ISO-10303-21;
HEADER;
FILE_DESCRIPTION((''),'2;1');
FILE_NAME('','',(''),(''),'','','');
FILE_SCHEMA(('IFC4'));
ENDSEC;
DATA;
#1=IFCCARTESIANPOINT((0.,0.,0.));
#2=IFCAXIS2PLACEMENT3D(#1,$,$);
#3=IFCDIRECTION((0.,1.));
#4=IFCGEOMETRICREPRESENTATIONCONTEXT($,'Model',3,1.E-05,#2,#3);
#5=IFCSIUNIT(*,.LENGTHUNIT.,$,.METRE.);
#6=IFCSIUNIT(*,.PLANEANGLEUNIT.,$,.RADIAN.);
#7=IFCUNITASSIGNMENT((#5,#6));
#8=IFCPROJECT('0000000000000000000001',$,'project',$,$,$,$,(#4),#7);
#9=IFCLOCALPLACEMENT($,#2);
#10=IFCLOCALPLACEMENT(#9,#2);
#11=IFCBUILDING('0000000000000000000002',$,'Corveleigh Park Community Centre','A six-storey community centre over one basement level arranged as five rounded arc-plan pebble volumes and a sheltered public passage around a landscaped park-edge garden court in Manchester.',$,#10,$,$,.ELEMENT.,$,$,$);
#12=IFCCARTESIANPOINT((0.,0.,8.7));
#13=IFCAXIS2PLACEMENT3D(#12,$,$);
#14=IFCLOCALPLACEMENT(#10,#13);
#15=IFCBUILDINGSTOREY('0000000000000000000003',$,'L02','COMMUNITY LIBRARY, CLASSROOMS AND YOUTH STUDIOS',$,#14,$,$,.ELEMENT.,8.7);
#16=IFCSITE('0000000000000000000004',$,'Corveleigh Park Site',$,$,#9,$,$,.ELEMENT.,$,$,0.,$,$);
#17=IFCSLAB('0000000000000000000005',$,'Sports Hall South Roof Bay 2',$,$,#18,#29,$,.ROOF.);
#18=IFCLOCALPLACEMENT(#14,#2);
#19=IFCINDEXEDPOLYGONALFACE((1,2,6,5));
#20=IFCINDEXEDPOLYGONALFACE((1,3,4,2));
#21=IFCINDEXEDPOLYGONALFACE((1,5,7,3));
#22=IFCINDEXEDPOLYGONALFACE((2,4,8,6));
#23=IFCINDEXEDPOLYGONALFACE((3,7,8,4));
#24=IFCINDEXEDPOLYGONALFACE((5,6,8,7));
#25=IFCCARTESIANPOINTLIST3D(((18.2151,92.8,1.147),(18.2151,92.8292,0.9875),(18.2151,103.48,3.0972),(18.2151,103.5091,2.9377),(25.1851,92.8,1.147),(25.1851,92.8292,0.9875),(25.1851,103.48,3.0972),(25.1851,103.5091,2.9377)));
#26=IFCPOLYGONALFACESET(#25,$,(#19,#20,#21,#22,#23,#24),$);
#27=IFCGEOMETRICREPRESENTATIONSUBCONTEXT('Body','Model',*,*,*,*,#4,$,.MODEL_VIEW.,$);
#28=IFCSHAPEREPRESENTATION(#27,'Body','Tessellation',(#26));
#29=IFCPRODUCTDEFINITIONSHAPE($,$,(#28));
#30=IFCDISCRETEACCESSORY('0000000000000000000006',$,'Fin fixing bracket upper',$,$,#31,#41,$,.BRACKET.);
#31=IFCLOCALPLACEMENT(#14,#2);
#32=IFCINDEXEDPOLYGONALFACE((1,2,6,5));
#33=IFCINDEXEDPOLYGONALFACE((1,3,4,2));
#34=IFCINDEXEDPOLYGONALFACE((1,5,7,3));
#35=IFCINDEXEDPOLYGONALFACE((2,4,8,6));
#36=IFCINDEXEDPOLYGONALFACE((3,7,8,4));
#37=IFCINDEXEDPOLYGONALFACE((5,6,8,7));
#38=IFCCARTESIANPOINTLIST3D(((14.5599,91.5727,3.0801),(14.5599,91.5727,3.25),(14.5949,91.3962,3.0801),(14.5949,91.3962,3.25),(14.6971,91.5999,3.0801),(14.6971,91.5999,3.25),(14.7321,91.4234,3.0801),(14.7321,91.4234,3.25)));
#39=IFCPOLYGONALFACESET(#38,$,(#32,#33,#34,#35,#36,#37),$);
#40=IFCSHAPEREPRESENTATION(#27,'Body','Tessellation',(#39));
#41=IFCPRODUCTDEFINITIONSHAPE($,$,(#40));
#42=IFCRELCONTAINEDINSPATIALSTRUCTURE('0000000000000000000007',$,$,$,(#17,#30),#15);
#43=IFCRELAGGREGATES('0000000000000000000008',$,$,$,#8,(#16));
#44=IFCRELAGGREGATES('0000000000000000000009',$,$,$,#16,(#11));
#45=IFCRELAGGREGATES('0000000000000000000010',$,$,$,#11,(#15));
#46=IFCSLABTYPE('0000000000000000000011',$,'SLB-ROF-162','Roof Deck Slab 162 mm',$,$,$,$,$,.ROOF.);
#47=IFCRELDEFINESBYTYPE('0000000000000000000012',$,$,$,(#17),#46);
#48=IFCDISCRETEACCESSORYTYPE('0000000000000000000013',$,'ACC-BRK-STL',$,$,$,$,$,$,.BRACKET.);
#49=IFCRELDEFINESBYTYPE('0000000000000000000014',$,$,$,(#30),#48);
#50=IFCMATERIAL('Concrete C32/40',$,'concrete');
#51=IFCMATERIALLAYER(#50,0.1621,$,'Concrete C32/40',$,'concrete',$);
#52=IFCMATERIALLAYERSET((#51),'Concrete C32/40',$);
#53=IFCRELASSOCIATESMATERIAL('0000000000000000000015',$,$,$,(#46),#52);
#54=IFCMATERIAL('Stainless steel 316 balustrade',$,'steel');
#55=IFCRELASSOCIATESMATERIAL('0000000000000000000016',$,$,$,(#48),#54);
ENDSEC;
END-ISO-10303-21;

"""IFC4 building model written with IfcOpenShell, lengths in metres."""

from ifc_helpers import new_model, si_unit, direction, frame, origin, origin_2d, place, context, subcontext, project, spatial, polyline, rectangle, outline, extrude, material, layer, layer_set, type_object, element, save


model = new_model("IFC4")

# Units and contexts
model_context = context("Model", 3, precision=1e-05, world=origin(), true_north=direction((0.0, 1.0)))
body_context = subcontext(model_context, "Body", "Model", "MODEL_VIEW")
ifc_project = project(units=[si_unit("LENGTHUNIT", "METRE"), si_unit("PLANEANGLEUNIT", "RADIAN")], contexts=[model_context])

# Site, building, storey
site_placement = place(None, origin())
site = spatial("IfcSite", under=ifc_project, at=site_placement, Name="Corveleigh Park Site", CompositionType="ELEMENT", RefElevation=0.0)
building_placement = place(site_placement, origin())
building = spatial("IfcBuilding", under=site, at=building_placement, Name="Corveleigh Park Community Centre", Description="A six-storey community centre over one basement level arranged as five rounded arc-plan pebble volumes and a sheltered public passage around a landscaped park-edge garden court in Manchester.", CompositionType="ELEMENT")
storey_placement = place(building_placement, frame((0.0, 0.0, 8.7)))
storey = spatial("IfcBuildingStorey", under=building, at=storey_placement, Name="L02", Description="COMMUNITY LIBRARY, CLASSROOMS AND YOUTH STUDIOS", CompositionType="ELEMENT", Elevation=8.7)

# Slab
ifc_material_1 = material(Name="Concrete C32/40", Category="concrete")
ifc_layer_1 = layer(ifc_material_1, 0.1621, Name="Concrete C32/40", Category="concrete")
ifc_layer_set_1 = layer_set([ifc_layer_1], Name="Concrete C32/40")
slab_type = type_object("IfcSlabType", Name="SLB-ROF-162", Description="Roof Deck Slab 162 mm", PredefinedType="ROOF", material=ifc_layer_set_1)
slab_placement = place(storey_placement, frame((18.2151, 92.8, 1.147), z_axis=(0.0, -0.179633, 0.983734), x_axis=(1.0, 0.0, 0.0)))
element("IfcSlab", 1, at=slab_placement, inside=storey, type_object=slab_type, Name="Sports Hall South Roof Bay 2", PredefinedType="ROOF", context=body_context, shape_type="SweptSolid", body=[
    extrude(outline(polyline([(0.0, 0.0), (6.97, 0.0), (6.97, 10.8565), (0.0, 10.8565), (0.0, 0.0)])), origin(), (0.0, 0.0, -1.0), 0.1621),
])

# Discrete accessory
ifc_material_2 = material(Name="Stainless steel 316 balustrade", Category="steel")
discrete_accessory_type = type_object("IfcDiscreteAccessoryType", Name="ACC-BRK-STL", PredefinedType="BRACKET", material=ifc_material_2)
discrete_accessory_placement = place(storey_placement, frame((14.646, 91.498, 3.0801), z_axis=(0.0, 0.0, 1.0), x_axis=(-0.194944, 0.980814, 0.0)))
element("IfcDiscreteAccessory", 2, at=discrete_accessory_placement, inside=storey, type_object=discrete_accessory_type, Name="Fin fixing bracket upper", PredefinedType="BRACKET", context=body_context, shape_type="SweptSolid", body=[
    extrude(rectangle(XDim=0.1799, YDim=0.1399, at=origin_2d()), origin(), (0.0, 0.0, 1.0), 0.1699),
])

save(model, "model.ifc")
